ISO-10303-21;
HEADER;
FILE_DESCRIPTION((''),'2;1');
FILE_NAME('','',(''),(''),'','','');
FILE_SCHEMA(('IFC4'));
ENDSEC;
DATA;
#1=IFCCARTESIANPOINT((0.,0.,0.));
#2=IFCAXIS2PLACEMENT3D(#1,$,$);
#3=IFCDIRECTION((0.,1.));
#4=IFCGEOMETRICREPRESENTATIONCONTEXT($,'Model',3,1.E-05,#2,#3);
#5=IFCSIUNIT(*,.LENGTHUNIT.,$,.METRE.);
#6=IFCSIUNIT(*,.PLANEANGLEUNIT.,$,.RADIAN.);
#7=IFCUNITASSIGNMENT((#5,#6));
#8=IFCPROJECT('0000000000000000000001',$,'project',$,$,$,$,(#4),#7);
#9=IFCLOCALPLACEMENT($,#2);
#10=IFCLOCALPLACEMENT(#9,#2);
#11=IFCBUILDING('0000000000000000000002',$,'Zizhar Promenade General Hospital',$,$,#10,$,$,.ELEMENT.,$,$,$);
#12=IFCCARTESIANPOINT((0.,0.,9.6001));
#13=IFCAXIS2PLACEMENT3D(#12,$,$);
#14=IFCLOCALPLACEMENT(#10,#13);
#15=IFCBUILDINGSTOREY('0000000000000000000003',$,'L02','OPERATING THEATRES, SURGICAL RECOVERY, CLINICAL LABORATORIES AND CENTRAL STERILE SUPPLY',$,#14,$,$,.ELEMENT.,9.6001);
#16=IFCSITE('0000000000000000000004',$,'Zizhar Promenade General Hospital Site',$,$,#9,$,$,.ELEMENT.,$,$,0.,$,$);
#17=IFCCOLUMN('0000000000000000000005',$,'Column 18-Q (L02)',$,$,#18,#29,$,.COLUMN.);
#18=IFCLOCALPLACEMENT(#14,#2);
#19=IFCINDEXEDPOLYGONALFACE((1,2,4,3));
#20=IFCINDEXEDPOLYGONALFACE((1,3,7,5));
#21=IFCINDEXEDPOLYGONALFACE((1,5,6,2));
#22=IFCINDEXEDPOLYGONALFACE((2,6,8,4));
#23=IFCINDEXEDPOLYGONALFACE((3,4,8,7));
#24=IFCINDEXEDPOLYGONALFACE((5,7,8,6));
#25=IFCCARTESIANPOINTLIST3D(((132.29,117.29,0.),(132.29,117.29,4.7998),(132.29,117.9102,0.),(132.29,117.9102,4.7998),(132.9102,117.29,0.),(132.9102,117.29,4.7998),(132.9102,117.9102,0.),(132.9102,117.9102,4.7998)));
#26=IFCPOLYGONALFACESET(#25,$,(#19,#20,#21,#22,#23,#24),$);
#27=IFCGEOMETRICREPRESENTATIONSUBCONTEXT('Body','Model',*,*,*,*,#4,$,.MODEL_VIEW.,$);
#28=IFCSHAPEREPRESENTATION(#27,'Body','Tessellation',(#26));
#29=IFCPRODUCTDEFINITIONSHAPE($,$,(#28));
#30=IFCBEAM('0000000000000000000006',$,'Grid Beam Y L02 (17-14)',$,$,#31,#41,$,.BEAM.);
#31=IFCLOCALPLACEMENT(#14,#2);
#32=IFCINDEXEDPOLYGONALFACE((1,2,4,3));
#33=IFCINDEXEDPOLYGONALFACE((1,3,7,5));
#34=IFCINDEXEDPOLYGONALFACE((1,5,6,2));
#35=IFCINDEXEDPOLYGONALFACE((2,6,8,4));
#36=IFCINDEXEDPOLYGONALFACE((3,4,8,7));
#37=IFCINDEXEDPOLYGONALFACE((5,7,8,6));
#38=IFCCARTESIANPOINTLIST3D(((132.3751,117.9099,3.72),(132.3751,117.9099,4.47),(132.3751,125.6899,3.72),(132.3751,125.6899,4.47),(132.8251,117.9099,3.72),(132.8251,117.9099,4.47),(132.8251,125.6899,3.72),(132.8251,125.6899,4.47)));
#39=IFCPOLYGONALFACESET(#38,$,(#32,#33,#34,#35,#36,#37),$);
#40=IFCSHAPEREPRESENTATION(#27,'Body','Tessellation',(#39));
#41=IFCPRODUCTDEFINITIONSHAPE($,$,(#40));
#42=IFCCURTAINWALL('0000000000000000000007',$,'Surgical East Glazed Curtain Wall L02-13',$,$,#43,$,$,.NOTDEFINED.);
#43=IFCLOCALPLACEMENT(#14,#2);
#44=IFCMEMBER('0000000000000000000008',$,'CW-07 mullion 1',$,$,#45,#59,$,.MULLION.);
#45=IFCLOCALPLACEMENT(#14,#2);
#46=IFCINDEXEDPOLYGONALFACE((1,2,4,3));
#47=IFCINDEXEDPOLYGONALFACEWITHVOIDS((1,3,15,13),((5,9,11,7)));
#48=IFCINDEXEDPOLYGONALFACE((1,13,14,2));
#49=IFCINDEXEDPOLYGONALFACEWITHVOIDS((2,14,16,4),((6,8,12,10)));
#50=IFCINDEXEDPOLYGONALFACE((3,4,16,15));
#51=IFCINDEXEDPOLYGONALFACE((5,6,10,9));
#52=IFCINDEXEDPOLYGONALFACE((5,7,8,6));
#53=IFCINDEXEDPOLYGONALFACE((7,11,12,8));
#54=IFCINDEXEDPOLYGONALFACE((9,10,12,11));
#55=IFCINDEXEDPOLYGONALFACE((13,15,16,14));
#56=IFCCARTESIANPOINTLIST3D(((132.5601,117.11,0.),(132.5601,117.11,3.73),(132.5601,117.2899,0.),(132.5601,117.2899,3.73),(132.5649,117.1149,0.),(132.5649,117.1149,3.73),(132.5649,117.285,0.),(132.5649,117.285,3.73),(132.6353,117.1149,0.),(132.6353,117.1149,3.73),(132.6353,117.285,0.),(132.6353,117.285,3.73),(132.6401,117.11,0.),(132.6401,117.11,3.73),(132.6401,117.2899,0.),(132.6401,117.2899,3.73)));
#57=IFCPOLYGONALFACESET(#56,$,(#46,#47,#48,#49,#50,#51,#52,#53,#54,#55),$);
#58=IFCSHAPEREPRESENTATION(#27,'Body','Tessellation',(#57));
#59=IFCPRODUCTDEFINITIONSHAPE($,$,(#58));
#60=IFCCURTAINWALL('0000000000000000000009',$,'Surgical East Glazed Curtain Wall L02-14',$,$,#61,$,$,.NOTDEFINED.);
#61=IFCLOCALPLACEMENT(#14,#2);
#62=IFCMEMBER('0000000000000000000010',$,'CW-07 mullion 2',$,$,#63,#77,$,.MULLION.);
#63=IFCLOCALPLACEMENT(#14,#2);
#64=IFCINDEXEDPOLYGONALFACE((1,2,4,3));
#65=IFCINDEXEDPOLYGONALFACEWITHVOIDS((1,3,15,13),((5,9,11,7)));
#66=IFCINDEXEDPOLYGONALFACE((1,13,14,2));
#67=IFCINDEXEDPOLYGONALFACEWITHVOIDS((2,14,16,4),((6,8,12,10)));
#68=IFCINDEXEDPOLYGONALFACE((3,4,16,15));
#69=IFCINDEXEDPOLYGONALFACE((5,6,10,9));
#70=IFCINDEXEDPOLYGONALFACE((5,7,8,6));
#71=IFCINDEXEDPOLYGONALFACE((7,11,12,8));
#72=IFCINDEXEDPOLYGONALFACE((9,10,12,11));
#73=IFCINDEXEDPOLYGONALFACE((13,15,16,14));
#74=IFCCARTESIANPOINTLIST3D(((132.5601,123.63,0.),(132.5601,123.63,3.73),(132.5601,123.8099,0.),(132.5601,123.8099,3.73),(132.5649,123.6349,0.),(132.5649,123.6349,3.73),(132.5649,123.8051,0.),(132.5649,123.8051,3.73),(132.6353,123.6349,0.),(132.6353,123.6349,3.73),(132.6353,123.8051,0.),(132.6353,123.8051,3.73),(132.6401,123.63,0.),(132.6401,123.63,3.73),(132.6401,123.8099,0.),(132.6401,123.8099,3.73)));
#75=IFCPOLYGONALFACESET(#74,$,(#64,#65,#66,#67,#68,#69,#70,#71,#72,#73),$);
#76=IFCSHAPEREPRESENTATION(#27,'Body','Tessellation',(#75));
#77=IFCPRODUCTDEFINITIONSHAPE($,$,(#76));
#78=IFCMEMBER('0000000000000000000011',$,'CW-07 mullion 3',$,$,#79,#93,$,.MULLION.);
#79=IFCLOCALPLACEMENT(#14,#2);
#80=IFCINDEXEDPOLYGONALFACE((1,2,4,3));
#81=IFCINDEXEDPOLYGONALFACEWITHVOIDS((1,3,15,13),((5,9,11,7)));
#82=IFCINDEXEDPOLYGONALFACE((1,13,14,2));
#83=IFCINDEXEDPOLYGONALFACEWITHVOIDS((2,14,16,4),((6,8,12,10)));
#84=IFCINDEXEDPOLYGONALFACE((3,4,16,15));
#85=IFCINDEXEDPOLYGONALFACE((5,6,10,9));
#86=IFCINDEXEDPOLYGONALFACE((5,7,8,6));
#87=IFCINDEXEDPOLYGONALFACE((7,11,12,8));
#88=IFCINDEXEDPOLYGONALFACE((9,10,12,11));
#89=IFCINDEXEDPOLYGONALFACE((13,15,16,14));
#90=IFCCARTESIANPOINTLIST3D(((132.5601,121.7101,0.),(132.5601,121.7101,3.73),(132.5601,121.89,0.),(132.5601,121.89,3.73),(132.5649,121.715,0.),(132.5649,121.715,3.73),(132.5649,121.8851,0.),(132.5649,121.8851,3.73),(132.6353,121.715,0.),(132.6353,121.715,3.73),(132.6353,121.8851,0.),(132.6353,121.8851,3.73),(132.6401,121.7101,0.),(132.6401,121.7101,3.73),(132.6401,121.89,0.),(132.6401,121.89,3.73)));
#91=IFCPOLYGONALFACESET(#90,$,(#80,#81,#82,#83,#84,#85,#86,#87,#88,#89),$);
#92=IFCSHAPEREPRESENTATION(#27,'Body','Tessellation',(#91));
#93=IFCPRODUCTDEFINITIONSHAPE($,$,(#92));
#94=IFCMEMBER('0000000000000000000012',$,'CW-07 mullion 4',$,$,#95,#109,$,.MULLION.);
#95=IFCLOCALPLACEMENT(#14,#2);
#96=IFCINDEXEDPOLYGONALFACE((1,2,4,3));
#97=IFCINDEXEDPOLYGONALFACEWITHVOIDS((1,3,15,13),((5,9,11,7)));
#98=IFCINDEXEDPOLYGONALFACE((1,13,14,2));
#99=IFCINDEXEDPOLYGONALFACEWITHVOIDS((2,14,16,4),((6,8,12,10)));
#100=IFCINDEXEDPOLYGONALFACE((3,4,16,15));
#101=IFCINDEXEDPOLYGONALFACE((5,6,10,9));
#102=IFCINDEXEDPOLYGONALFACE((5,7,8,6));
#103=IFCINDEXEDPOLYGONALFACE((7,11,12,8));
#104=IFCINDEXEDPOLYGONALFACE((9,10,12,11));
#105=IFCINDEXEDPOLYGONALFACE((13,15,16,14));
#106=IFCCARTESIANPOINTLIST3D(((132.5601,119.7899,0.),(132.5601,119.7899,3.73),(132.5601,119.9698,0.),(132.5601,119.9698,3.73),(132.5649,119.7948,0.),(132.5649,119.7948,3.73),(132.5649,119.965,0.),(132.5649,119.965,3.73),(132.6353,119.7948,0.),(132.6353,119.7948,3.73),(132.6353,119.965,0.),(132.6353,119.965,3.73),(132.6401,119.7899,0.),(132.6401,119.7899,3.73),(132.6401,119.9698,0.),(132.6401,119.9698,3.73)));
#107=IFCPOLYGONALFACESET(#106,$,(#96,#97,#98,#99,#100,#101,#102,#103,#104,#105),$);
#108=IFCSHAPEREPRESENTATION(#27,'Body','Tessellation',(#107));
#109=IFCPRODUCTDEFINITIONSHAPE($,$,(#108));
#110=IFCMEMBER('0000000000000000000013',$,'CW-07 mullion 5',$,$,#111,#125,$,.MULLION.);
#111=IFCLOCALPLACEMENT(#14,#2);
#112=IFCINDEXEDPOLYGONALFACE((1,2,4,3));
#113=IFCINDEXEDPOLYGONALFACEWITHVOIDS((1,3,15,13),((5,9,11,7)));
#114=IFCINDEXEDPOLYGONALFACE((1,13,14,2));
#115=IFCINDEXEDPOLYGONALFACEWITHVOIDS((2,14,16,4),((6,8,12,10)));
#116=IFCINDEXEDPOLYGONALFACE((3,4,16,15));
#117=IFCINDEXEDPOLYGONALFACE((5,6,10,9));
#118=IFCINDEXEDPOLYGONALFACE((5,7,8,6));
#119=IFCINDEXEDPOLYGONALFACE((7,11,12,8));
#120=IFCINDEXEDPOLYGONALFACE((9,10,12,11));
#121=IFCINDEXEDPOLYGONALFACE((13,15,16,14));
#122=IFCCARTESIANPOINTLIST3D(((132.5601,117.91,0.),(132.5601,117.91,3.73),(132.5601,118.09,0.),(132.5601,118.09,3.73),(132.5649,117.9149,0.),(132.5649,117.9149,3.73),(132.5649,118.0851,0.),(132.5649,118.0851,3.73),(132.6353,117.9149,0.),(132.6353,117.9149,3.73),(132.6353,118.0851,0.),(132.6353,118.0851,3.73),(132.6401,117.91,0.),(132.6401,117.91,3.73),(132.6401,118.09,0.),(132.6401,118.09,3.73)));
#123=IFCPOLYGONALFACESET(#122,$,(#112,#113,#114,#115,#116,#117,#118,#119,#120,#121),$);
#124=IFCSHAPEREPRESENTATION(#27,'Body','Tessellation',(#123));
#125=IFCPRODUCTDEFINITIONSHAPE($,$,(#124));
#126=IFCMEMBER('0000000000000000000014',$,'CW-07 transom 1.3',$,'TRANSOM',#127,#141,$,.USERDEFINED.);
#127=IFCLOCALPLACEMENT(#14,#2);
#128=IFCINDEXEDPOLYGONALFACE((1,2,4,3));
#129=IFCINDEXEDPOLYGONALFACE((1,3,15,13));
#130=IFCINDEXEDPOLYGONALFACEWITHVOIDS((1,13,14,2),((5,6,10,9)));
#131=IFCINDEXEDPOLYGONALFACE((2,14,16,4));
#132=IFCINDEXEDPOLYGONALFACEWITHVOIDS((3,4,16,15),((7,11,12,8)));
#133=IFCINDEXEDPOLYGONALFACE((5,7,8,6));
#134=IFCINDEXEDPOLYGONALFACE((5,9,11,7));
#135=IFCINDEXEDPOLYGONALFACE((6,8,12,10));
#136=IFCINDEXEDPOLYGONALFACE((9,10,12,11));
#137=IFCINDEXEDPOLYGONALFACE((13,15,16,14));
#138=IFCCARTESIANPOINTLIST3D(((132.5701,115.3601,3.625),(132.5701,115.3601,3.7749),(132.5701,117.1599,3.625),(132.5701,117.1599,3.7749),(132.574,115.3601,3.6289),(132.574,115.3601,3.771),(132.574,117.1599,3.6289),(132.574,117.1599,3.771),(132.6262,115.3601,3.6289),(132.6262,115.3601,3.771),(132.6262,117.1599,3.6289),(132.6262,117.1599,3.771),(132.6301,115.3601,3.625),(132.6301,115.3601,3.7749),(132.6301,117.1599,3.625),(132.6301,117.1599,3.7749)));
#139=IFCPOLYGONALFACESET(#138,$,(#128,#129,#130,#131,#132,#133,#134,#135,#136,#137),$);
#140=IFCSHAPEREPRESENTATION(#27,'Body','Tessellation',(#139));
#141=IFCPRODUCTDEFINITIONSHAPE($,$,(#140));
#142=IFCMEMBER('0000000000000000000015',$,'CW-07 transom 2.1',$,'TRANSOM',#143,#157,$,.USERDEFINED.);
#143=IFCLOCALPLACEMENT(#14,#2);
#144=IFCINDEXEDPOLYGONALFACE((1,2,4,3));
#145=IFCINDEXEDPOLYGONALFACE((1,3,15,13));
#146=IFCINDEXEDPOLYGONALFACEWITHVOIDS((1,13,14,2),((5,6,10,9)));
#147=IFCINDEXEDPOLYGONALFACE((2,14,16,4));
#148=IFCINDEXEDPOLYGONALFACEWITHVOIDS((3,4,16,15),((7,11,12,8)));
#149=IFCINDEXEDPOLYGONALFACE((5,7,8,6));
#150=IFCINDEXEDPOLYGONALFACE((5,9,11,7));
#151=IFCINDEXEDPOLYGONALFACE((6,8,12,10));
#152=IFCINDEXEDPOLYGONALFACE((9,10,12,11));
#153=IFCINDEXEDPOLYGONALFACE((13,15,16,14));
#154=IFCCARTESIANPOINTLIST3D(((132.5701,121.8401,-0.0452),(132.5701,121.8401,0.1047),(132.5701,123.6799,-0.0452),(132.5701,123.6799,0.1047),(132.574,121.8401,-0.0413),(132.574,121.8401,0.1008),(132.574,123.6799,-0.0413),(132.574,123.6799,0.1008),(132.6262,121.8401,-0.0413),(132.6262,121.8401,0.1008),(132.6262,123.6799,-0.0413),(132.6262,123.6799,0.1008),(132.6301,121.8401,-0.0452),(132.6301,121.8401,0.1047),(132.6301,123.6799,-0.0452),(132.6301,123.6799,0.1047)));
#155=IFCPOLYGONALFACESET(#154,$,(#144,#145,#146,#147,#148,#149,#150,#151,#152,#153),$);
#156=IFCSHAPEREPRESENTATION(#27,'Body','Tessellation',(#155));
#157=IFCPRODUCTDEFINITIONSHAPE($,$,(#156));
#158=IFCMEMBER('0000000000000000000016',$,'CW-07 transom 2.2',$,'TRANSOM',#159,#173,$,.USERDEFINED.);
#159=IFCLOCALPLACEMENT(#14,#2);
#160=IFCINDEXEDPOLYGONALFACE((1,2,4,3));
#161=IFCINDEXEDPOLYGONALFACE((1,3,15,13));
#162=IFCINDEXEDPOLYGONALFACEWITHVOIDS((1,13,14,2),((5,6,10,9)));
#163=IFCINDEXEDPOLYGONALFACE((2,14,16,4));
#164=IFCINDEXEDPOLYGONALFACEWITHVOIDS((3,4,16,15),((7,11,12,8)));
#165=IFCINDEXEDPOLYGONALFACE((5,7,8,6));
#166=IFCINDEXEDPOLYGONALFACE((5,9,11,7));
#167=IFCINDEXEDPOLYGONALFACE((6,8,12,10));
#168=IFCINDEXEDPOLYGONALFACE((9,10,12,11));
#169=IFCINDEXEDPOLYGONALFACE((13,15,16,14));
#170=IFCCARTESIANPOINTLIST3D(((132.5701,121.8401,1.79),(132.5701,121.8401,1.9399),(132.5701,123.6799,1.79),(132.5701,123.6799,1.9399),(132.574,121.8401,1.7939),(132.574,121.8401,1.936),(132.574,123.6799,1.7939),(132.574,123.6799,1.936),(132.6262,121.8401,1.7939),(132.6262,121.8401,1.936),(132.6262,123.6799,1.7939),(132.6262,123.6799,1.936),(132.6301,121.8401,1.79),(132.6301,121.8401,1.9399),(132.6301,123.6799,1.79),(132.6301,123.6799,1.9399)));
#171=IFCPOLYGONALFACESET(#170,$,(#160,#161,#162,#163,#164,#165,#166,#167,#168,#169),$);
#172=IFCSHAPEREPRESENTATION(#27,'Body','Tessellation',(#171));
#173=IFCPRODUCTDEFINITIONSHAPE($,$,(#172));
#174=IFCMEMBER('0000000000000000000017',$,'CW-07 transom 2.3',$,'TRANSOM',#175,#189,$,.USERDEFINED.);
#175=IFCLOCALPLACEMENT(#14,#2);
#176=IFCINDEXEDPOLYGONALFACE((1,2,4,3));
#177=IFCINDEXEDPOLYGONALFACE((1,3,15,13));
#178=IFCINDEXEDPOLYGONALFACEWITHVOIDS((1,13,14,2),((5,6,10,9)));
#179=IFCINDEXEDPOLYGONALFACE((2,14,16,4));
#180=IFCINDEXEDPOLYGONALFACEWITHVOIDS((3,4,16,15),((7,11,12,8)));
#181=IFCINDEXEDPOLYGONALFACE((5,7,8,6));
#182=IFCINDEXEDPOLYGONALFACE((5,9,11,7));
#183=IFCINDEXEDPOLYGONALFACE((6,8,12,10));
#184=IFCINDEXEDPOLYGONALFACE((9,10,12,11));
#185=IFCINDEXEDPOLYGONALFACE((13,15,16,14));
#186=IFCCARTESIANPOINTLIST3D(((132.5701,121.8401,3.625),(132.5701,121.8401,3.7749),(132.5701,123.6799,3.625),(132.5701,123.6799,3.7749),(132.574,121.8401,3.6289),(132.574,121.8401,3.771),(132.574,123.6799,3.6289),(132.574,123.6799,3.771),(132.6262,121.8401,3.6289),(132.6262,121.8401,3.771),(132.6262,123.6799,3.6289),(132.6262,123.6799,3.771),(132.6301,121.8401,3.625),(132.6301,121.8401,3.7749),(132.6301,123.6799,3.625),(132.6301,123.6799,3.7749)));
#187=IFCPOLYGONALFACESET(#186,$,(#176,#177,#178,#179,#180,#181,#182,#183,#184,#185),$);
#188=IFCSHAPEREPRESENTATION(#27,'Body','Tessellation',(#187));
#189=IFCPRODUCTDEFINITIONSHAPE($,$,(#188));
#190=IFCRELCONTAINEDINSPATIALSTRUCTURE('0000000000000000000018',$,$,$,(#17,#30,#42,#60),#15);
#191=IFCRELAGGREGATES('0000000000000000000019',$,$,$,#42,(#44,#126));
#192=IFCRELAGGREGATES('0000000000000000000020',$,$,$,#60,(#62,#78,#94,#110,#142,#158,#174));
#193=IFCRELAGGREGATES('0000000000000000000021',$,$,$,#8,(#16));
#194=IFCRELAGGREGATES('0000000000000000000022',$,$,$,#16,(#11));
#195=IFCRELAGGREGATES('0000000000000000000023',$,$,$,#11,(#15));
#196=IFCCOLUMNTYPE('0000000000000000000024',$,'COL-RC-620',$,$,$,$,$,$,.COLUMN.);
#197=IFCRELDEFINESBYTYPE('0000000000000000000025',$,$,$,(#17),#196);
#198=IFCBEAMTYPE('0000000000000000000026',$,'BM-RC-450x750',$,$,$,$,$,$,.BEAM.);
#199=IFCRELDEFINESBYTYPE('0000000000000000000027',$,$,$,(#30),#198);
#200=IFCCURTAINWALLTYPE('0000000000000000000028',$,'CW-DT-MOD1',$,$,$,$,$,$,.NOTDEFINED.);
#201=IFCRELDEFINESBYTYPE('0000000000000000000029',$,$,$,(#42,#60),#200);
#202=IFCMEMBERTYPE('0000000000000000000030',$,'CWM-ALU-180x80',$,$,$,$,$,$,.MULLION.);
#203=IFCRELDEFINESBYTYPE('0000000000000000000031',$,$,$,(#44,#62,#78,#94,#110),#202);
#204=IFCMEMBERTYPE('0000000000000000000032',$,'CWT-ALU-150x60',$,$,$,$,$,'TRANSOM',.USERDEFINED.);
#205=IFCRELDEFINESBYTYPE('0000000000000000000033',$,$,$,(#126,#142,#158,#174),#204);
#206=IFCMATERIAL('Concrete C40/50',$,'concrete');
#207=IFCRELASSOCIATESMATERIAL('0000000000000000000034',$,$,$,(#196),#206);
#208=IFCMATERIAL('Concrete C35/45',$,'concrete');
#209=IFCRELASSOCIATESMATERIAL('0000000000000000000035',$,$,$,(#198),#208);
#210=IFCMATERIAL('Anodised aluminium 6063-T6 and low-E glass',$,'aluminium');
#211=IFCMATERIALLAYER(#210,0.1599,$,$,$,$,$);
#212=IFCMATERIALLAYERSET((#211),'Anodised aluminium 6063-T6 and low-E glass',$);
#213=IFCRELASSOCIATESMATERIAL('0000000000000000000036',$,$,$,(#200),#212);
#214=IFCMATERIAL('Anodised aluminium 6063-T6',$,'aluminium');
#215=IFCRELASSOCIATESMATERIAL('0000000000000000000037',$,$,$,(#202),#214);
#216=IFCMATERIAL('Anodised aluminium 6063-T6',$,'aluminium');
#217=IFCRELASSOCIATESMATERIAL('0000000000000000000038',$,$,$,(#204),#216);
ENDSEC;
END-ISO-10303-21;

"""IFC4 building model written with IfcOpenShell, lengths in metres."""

from ifc_helpers import new_model, si_unit, direction, frame, origin, origin_2d, place, context, subcontext, project, spatial, rectangle, hollow_rectangle, extrude, material, layer, layer_set, material_profile, profile_set, type_object, element, aggregate, save


model = new_model("IFC4")

# Units and contexts
model_context = context("Model", 3, precision=1e-05, world=origin(), true_north=direction((0.0, 1.0)))
body_context = subcontext(model_context, "Body", "Model", "MODEL_VIEW")
ifc_project = project(units=[si_unit("LENGTHUNIT", "METRE"), si_unit("PLANEANGLEUNIT", "RADIAN")], contexts=[model_context])

# Site, building, storey
site_placement = place(None, origin())
site = spatial("IfcSite", under=ifc_project, at=site_placement, Name="Zizhar Promenade General Hospital Site", CompositionType="ELEMENT", RefElevation=0.0)
building_placement = place(site_placement, origin())
building = spatial("IfcBuilding", under=site, at=building_placement, Name="Zizhar Promenade General Hospital", CompositionType="ELEMENT")
storey_placement = place(building_placement, frame((0.0, 0.0, 9.6001)))
storey = spatial("IfcBuildingStorey", under=building, at=storey_placement, Name="L02", Description="OPERATING THEATRES, SURGICAL RECOVERY, CLINICAL LABORATORIES AND CENTRAL STERILE SUPPLY", CompositionType="ELEMENT", Elevation=9.6001)

# Column
ifc_material_1 = material(Name="Concrete C40/50", Category="concrete")
ifc_material_profile_1 = material_profile(ifc_material_1, rectangle(XDim=0.6201, YDim=0.6201, at=origin_2d()))
ifc_profile_set_1 = profile_set([ifc_material_profile_1], Name="Concrete C40/50")
column_type = type_object("IfcColumnType", Name="COL-RC-620", PredefinedType="COLUMN", material=ifc_profile_set_1)
column_placement = place(storey_placement, frame((132.6001, 117.6001, 0.0), z_axis=(0.0, 0.0, 1.0), x_axis=(1.0, 0.0, 0.0)))
element("IfcColumn", 1, at=column_placement, inside=storey, type_object=column_type, Name="Column 18-Q (L02)", PredefinedType="COLUMN", context=body_context, shape_type="SweptSolid", body=[
    extrude(rectangle(XDim=0.6201, YDim=0.6201, at=origin_2d()), origin(), (0.0, 0.0, 1.0), 4.7998),
])

# Beam
ifc_material_2 = material(Name="Concrete C35/45", Category="concrete")
ifc_material_profile_2 = material_profile(ifc_material_2, rectangle(XDim=0.45, YDim=0.75, at=origin_2d()))
ifc_profile_set_2 = profile_set([ifc_material_profile_2], Name="Concrete C35/45")
beam_type = type_object("IfcBeamType", Name="BM-RC-450x750", PredefinedType="BEAM", material=ifc_profile_set_2)
beam_placement = place(storey_placement, frame((132.6001, 117.9099, 4.095), z_axis=(0.0, 1.0, 0.0), x_axis=(-1.0, 0.0, 0.0)))
element("IfcBeam", 2, at=beam_placement, inside=storey, type_object=beam_type, Name="Grid Beam Y L02 (17-14)", PredefinedType="BEAM", context=body_context, shape_type="SweptSolid", body=[
    extrude(rectangle(XDim=0.45, YDim=0.75, at=origin_2d()), origin(), (0.0, 0.0, 1.0), 7.78),
])

# Curtain wall, member
ifc_material_3 = material(Name="Anodised aluminium 6063-T6 and low-E glass", Category="aluminium")
ifc_layer_1 = layer(ifc_material_3, 0.1599)
ifc_layer_set_1 = layer_set([ifc_layer_1], Name="Anodised aluminium 6063-T6 and low-E glass")
curtain_wall_type = type_object("IfcCurtainWallType", Name="CW-DT-MOD1", PredefinedType="NOTDEFINED", material=ifc_layer_set_1)
curtain_wall_1_placement = place(storey_placement, origin())
curtain_wall_1 = element("IfcCurtainWall", 3, at=curtain_wall_1_placement, inside=storey, type_object=curtain_wall_type, Name="Surgical East Glazed Curtain Wall L02-13", PredefinedType="NOTDEFINED")
ifc_material_4 = material(Name="Anodised aluminium 6063-T6", Category="aluminium")
ifc_material_profile_3 = material_profile(ifc_material_4, hollow_rectangle(XDim=0.0801, YDim=0.1799, WallThickness=0.0049, at=origin_2d()))
ifc_profile_set_3 = profile_set([ifc_material_profile_3], Name="Anodised aluminium 6063-T6")
member_type_1 = type_object("IfcMemberType", Name="CWM-ALU-180x80", PredefinedType="MULLION", material=ifc_profile_set_3)
member_1_placement = place(storey_placement, frame((132.6001, 117.2, 0.0), z_axis=(0.0, 0.0, 1.0), x_axis=(1.0, 0.0, 0.0)))
member_1 = element("IfcMember", 4, at=member_1_placement, type_object=member_type_1, Name="CW-07 mullion 1", PredefinedType="MULLION", context=body_context, shape_type="SweptSolid", body=[
    extrude(hollow_rectangle(XDim=0.0801, YDim=0.1799, WallThickness=0.0049, at=origin_2d()), origin(), (0.0, 0.0, 1.0), 3.73),
])

# Curtain wall, members
curtain_wall_2_placement = place(storey_placement, origin())
curtain_wall_2 = element("IfcCurtainWall", 5, at=curtain_wall_2_placement, inside=storey, type_object=curtain_wall_type, Name="Surgical East Glazed Curtain Wall L02-14", PredefinedType="NOTDEFINED")
member_2_placement = place(storey_placement, frame((132.6001, 123.72, 0.0), z_axis=(0.0, 0.0, 1.0), x_axis=(1.0, 0.0, 0.0)))
member_2 = element("IfcMember", 6, at=member_2_placement, type_object=member_type_1, Name="CW-07 mullion 2", PredefinedType="MULLION", context=body_context, shape_type="SweptSolid", body=[
    extrude(hollow_rectangle(XDim=0.0801, YDim=0.1799, WallThickness=0.0049, at=origin_2d()), origin(), (0.0, 0.0, 1.0), 3.73),
])
member_3_placement = place(storey_placement, frame((132.6001, 121.8, 0.0), z_axis=(0.0, 0.0, 1.0), x_axis=(1.0, 0.0, 0.0)))
member_3 = element("IfcMember", 7, at=member_3_placement, type_object=member_type_1, Name="CW-07 mullion 3", PredefinedType="MULLION", context=body_context, shape_type="SweptSolid", body=[
    extrude(hollow_rectangle(XDim=0.0801, YDim=0.1799, WallThickness=0.0049, at=origin_2d()), origin(), (0.0, 0.0, 1.0), 3.73),
])
member_4_placement = place(storey_placement, frame((132.6001, 119.8799, 0.0), z_axis=(0.0, 0.0, 1.0), x_axis=(1.0, 0.0, 0.0)))
member_4 = element("IfcMember", 8, at=member_4_placement, type_object=member_type_1, Name="CW-07 mullion 4", PredefinedType="MULLION", context=body_context, shape_type="SweptSolid", body=[
    extrude(hollow_rectangle(XDim=0.0801, YDim=0.1799, WallThickness=0.0049, at=origin_2d()), origin(), (0.0, 0.0, 1.0), 3.73),
])
member_5_placement = place(storey_placement, frame((132.6001, 118.0, 0.0), z_axis=(0.0, 0.0, 1.0), x_axis=(1.0, 0.0, 0.0)))
member_5 = element("IfcMember", 9, at=member_5_placement, type_object=member_type_1, Name="CW-07 mullion 5", PredefinedType="MULLION", context=body_context, shape_type="SweptSolid", body=[
    extrude(hollow_rectangle(XDim=0.0801, YDim=0.1799, WallThickness=0.0049, at=origin_2d()), origin(), (0.0, 0.0, 1.0), 3.73),
])

# Members
ifc_material_5 = material(Name="Anodised aluminium 6063-T6", Category="aluminium")
ifc_material_profile_4 = material_profile(ifc_material_5, hollow_rectangle(XDim=0.0601, YDim=0.1499, WallThickness=0.0039, at=origin_2d()))
ifc_profile_set_4 = profile_set([ifc_material_profile_4], Name="Anodised aluminium 6063-T6")
member_type_2 = type_object("IfcMemberType", Name="CWT-ALU-150x60", ElementType="TRANSOM", PredefinedType="USERDEFINED", material=ifc_profile_set_4)
member_6_placement = place(storey_placement, frame((132.6001, 117.1599, 3.7), z_axis=(0.0, -1.0, 0.0), x_axis=(1.0, 0.0, 0.0)))
member_6 = element("IfcMember", 10, at=member_6_placement, type_object=member_type_2, Name="CW-07 transom 1.3", ObjectType="TRANSOM", PredefinedType="USERDEFINED", context=body_context, shape_type="SweptSolid", body=[
    extrude(hollow_rectangle(XDim=0.0601, YDim=0.1499, WallThickness=0.0039, at=origin_2d()), origin(), (0.0, 0.0, 1.0), 1.7998),
])
aggregate(curtain_wall_1, [member_1, member_6])
member_7_placement = place(storey_placement, frame((132.6001, 123.6799, 0.0298), z_axis=(0.0, -1.0, 0.0), x_axis=(1.0, 0.0, 0.0)))
member_7 = element("IfcMember", 11, at=member_7_placement, type_object=member_type_2, Name="CW-07 transom 2.1", ObjectType="TRANSOM", PredefinedType="USERDEFINED", context=body_context, shape_type="SweptSolid", body=[
    extrude(hollow_rectangle(XDim=0.0601, YDim=0.1499, WallThickness=0.0039, at=origin_2d()), origin(), (0.0, 0.0, 1.0), 1.8398),
])
member_8_placement = place(storey_placement, frame((132.6001, 123.6799, 1.865), z_axis=(0.0, -1.0, 0.0), x_axis=(1.0, 0.0, 0.0)))
member_8 = element("IfcMember", 12, at=member_8_placement, type_object=member_type_2, Name="CW-07 transom 2.2", ObjectType="TRANSOM", PredefinedType="USERDEFINED", context=body_context, shape_type="SweptSolid", body=[
    extrude(hollow_rectangle(XDim=0.0601, YDim=0.1499, WallThickness=0.0039, at=origin_2d()), origin(), (0.0, 0.0, 1.0), 1.8398),
])
member_9_placement = place(storey_placement, frame((132.6001, 123.6799, 3.7), z_axis=(0.0, -1.0, 0.0), x_axis=(1.0, 0.0, 0.0)))
member_9 = element("IfcMember", 13, at=member_9_placement, type_object=member_type_2, Name="CW-07 transom 2.3", ObjectType="TRANSOM", PredefinedType="USERDEFINED", context=body_context, shape_type="SweptSolid", body=[
    extrude(hollow_rectangle(XDim=0.0601, YDim=0.1499, WallThickness=0.0039, at=origin_2d()), origin(), (0.0, 0.0, 1.0), 1.8398),
])

aggregate(curtain_wall_2, [member_2, member_3, member_4, member_5, member_7, member_8, member_9])

save(model, "model.ifc")
